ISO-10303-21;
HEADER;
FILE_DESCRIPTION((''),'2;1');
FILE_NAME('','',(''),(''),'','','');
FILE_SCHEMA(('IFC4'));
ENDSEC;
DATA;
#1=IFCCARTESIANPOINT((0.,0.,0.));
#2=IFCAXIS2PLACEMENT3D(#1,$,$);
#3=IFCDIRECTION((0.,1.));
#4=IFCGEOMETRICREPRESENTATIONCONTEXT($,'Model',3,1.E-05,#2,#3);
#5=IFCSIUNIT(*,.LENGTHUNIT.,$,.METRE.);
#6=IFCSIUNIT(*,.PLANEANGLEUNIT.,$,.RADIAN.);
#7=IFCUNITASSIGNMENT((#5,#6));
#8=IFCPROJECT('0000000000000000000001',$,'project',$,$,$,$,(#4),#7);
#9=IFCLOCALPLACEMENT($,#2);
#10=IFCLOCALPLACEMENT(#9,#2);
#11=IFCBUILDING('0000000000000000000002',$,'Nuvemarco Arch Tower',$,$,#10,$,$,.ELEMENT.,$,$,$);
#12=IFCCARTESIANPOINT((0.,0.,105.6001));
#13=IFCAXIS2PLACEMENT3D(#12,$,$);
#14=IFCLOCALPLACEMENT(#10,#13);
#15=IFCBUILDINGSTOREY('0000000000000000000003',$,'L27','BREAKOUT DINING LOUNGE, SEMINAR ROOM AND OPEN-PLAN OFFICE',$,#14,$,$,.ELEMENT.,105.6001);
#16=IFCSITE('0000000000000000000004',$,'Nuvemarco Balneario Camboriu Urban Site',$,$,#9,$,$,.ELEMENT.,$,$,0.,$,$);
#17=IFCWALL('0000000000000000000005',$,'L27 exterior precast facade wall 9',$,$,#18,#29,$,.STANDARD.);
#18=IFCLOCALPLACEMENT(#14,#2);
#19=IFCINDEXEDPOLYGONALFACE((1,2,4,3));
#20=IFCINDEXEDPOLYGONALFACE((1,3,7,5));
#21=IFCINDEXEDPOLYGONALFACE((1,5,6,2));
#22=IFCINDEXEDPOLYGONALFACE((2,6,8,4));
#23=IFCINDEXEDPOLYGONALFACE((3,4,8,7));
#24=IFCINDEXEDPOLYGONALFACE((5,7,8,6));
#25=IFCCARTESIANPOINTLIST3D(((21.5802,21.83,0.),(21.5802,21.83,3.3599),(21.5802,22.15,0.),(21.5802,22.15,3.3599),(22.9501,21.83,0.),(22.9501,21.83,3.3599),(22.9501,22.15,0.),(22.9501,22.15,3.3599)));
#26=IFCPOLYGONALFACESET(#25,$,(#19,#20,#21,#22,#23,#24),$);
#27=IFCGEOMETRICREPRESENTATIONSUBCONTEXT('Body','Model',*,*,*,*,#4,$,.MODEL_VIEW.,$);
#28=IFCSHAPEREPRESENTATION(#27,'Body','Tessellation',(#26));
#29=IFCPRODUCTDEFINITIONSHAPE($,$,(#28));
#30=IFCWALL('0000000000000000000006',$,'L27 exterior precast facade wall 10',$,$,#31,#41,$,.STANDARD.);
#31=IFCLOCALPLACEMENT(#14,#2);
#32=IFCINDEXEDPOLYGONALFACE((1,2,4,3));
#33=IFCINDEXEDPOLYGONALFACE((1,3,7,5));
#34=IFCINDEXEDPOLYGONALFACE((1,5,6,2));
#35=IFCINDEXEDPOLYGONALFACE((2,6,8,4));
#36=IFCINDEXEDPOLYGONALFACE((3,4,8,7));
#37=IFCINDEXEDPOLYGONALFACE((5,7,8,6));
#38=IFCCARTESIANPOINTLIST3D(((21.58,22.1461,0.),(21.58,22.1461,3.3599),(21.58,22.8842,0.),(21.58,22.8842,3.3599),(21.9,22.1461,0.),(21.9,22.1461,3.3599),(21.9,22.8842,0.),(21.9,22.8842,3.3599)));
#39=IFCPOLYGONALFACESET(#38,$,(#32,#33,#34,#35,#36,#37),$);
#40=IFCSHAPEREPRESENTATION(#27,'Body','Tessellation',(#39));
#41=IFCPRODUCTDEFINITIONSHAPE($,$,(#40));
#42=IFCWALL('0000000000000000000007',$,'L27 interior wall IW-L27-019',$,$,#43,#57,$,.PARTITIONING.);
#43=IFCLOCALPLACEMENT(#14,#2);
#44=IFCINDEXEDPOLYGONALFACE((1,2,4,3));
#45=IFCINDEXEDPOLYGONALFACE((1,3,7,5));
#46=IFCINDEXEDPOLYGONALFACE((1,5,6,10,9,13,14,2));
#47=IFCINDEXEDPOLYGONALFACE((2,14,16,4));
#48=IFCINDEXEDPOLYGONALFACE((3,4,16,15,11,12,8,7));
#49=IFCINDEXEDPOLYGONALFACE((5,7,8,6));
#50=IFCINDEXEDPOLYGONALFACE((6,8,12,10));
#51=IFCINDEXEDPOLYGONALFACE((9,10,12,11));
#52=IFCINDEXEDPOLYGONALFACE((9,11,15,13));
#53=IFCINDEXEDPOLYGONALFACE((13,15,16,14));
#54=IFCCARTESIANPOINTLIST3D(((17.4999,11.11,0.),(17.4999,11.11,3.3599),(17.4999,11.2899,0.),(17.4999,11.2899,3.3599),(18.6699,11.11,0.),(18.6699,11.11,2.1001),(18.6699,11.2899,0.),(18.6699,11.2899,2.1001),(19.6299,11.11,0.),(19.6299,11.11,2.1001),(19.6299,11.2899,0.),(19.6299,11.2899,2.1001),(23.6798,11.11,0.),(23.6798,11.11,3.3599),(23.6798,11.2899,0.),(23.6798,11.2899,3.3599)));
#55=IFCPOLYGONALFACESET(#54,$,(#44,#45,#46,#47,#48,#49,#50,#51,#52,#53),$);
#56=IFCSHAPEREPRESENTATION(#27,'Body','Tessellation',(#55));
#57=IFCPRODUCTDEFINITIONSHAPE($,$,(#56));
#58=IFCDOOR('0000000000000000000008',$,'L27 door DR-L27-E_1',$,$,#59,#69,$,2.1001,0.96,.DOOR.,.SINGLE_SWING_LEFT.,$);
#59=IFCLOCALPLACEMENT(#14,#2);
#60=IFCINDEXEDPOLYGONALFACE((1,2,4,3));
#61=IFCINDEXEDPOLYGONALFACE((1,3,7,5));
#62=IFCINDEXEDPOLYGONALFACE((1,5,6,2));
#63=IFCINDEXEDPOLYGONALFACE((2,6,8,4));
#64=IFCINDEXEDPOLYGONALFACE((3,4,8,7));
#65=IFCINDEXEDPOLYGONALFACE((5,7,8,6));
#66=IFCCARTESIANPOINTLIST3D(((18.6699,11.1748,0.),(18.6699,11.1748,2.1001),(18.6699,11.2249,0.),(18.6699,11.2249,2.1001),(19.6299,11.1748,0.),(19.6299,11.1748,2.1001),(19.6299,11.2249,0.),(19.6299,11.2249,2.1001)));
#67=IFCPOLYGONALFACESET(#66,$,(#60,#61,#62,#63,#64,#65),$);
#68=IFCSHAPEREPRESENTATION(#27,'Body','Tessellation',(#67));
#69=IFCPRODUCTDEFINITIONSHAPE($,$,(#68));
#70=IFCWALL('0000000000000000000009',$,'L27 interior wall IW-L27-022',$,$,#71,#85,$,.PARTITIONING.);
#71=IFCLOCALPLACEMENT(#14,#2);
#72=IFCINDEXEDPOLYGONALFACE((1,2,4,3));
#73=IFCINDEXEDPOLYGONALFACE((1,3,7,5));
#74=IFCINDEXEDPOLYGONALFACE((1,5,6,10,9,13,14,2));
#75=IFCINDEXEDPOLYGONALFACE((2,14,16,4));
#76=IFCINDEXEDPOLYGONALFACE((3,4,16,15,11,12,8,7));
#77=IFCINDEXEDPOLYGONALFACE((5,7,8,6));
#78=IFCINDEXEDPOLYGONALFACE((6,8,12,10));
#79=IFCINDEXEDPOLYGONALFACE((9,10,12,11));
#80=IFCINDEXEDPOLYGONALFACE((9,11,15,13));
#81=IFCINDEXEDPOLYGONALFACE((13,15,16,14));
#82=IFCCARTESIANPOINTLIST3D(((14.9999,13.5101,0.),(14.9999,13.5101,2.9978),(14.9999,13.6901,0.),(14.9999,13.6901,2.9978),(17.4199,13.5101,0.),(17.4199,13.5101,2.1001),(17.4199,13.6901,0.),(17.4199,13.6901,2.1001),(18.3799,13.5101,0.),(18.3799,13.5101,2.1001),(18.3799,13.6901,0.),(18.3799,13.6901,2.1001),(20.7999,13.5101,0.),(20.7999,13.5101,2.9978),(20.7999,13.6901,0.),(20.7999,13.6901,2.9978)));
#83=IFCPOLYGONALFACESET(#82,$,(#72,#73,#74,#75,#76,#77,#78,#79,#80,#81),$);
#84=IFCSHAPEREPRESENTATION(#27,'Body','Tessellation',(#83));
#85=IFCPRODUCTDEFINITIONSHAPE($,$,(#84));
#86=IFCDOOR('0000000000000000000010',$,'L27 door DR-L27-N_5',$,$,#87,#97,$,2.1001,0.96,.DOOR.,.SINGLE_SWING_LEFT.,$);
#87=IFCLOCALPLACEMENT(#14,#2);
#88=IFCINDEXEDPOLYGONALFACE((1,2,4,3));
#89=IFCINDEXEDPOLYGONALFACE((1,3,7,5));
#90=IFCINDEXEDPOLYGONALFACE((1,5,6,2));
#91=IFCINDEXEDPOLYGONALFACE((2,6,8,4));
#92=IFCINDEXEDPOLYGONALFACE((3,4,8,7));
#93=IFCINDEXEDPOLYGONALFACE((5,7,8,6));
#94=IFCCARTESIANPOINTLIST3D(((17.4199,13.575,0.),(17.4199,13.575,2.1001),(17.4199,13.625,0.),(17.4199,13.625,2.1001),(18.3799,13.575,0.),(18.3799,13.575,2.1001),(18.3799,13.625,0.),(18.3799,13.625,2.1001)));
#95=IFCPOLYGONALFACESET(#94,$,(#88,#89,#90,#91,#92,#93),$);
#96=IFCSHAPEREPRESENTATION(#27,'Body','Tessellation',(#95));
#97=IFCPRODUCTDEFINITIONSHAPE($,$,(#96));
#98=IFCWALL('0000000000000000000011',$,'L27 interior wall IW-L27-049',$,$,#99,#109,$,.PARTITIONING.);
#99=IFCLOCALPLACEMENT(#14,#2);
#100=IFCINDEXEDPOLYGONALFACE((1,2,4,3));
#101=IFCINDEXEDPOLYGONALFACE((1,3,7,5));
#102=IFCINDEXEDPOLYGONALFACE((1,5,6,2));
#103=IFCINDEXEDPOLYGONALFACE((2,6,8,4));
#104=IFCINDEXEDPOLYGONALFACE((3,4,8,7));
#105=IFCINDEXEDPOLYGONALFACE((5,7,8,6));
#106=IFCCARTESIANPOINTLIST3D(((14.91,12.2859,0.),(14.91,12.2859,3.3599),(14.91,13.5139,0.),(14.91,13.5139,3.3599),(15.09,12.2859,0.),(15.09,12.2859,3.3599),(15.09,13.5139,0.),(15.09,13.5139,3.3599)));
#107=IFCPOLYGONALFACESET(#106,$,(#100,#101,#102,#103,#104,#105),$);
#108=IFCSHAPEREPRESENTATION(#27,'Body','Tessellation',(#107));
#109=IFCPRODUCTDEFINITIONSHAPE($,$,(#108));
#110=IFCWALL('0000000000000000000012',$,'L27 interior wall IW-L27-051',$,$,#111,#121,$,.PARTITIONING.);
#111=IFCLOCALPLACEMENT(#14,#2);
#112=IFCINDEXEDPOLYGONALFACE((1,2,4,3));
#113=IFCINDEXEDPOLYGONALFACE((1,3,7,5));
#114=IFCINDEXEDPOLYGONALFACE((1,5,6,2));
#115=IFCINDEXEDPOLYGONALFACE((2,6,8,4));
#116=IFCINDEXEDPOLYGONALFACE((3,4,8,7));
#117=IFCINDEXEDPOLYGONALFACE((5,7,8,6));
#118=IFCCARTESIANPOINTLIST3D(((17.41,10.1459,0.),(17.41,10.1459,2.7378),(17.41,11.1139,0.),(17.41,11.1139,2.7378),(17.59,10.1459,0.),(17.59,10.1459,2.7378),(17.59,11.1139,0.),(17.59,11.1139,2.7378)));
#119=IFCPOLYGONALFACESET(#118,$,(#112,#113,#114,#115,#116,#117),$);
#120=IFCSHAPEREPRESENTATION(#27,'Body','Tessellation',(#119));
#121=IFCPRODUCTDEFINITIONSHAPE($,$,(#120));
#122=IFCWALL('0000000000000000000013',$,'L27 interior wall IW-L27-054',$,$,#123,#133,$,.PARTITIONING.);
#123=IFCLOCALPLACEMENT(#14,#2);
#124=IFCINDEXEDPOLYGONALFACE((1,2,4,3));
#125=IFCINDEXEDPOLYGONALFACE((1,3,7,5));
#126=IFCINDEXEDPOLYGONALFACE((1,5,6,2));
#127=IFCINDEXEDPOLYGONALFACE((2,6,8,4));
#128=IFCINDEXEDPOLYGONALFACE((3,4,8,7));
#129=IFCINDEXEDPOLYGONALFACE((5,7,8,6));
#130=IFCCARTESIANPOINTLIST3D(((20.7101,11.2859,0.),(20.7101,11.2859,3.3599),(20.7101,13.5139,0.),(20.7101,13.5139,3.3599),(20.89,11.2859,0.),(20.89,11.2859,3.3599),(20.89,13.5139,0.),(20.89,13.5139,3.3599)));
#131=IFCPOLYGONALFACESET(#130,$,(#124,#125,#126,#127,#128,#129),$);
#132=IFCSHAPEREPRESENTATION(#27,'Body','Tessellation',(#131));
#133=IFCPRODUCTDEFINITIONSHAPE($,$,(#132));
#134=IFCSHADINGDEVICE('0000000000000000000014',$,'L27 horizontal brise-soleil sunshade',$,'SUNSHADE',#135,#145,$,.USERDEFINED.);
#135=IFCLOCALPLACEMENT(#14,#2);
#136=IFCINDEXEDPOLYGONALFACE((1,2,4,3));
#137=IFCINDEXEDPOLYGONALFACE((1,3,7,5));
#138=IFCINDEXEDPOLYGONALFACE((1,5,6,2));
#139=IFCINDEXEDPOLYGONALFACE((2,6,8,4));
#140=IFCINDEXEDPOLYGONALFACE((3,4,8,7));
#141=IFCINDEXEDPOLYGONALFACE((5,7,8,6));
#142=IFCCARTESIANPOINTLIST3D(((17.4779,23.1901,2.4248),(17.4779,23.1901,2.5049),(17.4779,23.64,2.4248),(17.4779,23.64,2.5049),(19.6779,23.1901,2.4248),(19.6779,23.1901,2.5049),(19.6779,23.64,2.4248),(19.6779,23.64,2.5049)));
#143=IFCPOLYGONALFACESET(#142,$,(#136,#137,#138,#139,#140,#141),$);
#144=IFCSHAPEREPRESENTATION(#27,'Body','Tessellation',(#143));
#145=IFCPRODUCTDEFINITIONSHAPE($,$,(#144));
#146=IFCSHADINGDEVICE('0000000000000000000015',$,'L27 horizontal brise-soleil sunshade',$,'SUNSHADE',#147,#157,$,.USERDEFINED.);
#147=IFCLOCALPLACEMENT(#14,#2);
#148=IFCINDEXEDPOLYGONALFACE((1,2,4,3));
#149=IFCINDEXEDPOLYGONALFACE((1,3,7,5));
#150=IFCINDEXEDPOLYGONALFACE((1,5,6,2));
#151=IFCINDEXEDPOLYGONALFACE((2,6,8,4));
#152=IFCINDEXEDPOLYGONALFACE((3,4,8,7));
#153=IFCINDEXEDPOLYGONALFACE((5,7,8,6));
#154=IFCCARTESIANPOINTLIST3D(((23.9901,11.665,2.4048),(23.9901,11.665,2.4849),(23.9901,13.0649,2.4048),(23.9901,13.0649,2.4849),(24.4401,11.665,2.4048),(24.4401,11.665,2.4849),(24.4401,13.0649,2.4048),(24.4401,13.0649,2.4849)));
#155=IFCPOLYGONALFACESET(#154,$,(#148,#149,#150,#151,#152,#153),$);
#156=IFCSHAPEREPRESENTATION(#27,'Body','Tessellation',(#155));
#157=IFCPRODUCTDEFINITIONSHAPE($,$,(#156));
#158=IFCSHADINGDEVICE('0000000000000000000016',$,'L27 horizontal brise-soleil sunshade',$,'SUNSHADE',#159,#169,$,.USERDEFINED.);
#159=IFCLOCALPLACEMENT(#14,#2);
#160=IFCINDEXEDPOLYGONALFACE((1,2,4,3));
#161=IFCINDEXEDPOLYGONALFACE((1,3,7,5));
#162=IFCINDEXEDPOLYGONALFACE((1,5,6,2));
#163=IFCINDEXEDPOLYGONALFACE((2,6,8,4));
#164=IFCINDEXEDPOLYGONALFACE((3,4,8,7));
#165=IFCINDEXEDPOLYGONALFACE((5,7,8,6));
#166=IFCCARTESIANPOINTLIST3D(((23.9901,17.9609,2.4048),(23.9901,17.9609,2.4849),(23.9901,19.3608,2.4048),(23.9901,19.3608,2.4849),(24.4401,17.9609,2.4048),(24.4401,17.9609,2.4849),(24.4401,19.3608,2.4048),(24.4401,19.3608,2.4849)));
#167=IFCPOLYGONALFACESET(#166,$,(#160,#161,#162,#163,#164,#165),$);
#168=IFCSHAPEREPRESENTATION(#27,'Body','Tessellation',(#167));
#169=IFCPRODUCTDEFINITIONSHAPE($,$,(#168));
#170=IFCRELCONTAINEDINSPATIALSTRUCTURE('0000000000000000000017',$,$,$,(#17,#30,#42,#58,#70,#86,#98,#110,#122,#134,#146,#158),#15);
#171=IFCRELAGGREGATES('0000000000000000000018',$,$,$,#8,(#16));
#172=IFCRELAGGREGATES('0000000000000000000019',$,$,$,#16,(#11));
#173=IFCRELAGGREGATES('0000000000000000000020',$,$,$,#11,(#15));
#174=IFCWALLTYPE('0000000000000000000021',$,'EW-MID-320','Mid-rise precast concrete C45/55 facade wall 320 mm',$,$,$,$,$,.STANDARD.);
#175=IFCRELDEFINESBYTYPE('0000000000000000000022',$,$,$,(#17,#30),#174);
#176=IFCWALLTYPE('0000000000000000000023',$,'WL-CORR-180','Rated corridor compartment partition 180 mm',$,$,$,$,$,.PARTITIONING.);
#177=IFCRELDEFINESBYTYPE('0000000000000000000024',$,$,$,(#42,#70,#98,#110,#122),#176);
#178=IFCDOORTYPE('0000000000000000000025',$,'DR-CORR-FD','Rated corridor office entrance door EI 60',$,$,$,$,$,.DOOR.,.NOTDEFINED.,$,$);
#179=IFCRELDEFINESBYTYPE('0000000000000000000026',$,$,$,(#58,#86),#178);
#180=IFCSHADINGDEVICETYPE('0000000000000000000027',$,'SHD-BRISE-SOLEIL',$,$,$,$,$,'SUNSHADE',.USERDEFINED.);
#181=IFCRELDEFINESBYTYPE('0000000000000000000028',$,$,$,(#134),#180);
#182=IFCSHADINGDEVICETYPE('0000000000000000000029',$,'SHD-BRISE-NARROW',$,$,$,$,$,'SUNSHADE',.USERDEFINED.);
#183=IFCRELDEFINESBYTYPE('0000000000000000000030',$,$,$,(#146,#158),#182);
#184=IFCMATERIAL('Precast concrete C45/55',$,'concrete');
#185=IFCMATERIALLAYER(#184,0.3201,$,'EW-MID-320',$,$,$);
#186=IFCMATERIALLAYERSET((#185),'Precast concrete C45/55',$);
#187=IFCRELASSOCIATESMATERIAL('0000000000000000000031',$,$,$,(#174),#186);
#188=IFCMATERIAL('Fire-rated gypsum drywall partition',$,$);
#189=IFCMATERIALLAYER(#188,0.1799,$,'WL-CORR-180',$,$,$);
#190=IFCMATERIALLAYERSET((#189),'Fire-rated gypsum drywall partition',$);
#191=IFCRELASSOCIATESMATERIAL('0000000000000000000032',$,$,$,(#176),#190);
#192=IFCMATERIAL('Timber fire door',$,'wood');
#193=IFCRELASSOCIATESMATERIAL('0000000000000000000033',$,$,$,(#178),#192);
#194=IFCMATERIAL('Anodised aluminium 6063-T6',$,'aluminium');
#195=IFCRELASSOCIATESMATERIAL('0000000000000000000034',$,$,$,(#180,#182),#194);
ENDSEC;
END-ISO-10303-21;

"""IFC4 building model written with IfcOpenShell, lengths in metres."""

from ifc_helpers import new_model, si_unit, direction, frame, frame_2d, origin, origin_2d, place, context, subcontext, project, spatial, rectangle, extrude, source, transform, mapped, material, layer, layer_set, type_object, type_shapes, element, fill, save


model = new_model("IFC4")

# Units and contexts
model_context = context("Model", 3, precision=1e-05, world=origin(), true_north=direction((0.0, 1.0)))
body_context = subcontext(model_context, "Body", "Model", "MODEL_VIEW")
ifc_project = project(units=[si_unit("LENGTHUNIT", "METRE"), si_unit("PLANEANGLEUNIT", "RADIAN")], contexts=[model_context])

# Site, building, storey
site_placement = place(None, origin())
site = spatial("IfcSite", under=ifc_project, at=site_placement, Name="Nuvemarco Balneario Camboriu Urban Site", CompositionType="ELEMENT", RefElevation=0.0)
building_placement = place(site_placement, origin())
building = spatial("IfcBuilding", under=site, at=building_placement, Name="Nuvemarco Arch Tower", CompositionType="ELEMENT")
storey_placement = place(building_placement, frame((0.0, 0.0, 105.6001)))
storey = spatial("IfcBuildingStorey", under=building, at=storey_placement, Name="L27", Description="BREAKOUT DINING LOUNGE, SEMINAR ROOM AND OPEN-PLAN OFFICE", CompositionType="ELEMENT", Elevation=105.6001)

# Shared definitions
ifc_material_1 = material(Name="Precast concrete C45/55", Category="concrete")

# Walls
ifc_layer_1 = layer(ifc_material_1, 0.3201, Name="EW-MID-320")
ifc_layer_set_1 = layer_set([ifc_layer_1], Name="Precast concrete C45/55")
wall_type_1 = type_object("IfcWallType", Name="EW-MID-320", Description="Mid-rise precast concrete C45/55 facade wall 320 mm", PredefinedType="STANDARD", material=ifc_layer_set_1)
wall_1_placement = place(storey_placement, frame((21.5801, 21.99, 0.0), z_axis=(0.0, 0.0, 1.0), x_axis=(1.0, 0.0, 0.0)))
element("IfcWall", 1, at=wall_1_placement, inside=storey, type_object=wall_type_1, Name="L27 exterior precast facade wall 9", PredefinedType="STANDARD", context=body_context, shape_type="SweptSolid", body=[
    extrude(rectangle(XDim=1.3699, YDim=0.3201, at=frame_2d((0.6851, 0.0))), origin(), (0.0, 0.0, 1.0), 3.3599),
])
wall_2_placement = place(storey_placement, frame((21.74, 22.146, 0.0), z_axis=(0.0, 0.0, 1.0), x_axis=(0.0, 1.0, 0.0)))
element("IfcWall", 2, at=wall_2_placement, inside=storey, type_object=wall_type_1, Name="L27 exterior precast facade wall 10", PredefinedType="STANDARD", context=body_context, shape_type="SweptSolid", body=[
    extrude(rectangle(XDim=0.738, YDim=0.3201, at=frame_2d((0.3691, 0.0))), origin(), (0.0, 0.0, 1.0), 3.3599),
])

# Walls, openings, doors
ifc_material_2 = material(Name="Fire-rated gypsum drywall partition")
ifc_layer_2 = layer(ifc_material_2, 0.1799, Name="WL-CORR-180")
ifc_layer_set_2 = layer_set([ifc_layer_2], Name="Fire-rated gypsum drywall partition")
wall_type_2 = type_object("IfcWallType", Name="WL-CORR-180", Description="Rated corridor compartment partition 180 mm", PredefinedType="PARTITIONING", material=ifc_layer_set_2)
wall_3_placement = place(storey_placement, frame((17.5, 11.2, 0.0), z_axis=(0.0, 0.0, 1.0), x_axis=(1.0, 0.0, 0.0)))
wall_3 = element("IfcWall", 3, at=wall_3_placement, inside=storey, type_object=wall_type_2, Name="L27 interior wall IW-L27-019", PredefinedType="PARTITIONING", context=body_context, shape_type="SweptSolid", body=[
    extrude(rectangle(XDim=6.1799, YDim=0.1799, at=frame_2d((3.0898, 0.0))), origin(), (0.0, 0.0, 1.0), 3.3599),
])
opening_1_placement = place(wall_3_placement, frame((1.1699, 0.0, 0.0)))
opening_1 = element("IfcOpeningElement", 4, at=opening_1_placement, cuts=wall_3, PredefinedType="OPENING", context=body_context, shape_type="SweptSolid", body=[
    extrude(rectangle(XDim=0.96, YDim=2.1001, at=frame_2d((0.48, 1.05))), frame((0.0, 0.0999, 0.0), z_axis=(0.0, -1.0, 0.0), x_axis=(1.0, 0.0, 0.0)), (0.0, 0.0, 1.0), 0.2),
])
ifc_material_3 = material(Name="Timber fire door", Category="wood")
door_type = type_object("IfcDoorType", Name="DR-CORR-FD", Description="Rated corridor office entrance door EI 60", OperationType="NOTDEFINED", PredefinedType="DOOR", material=ifc_material_3)
shared_shape_1 = source(origin(), body_context, "Body", "SweptSolid", [
    extrude(rectangle(XDim=0.96, YDim=2.1001, at=frame_2d((0.48, 1.05))), frame((0.0, 0.0249, 0.0), z_axis=(0.0, -1.0, 0.0), x_axis=(1.0, 0.0, 0.0)), (0.0, 0.0, 1.0), 0.05),
])
type_shapes(door_type, [shared_shape_1])
door_1_placement = place(opening_1_placement, origin())
door_1 = element("IfcDoor", 5, at=door_1_placement, inside=storey, type_object=door_type, Name="L27 door DR-L27-E_1", OperationType="SINGLE_SWING_LEFT", OverallHeight=2.1001, OverallWidth=0.96, PredefinedType="DOOR", context=body_context, shape_type="MappedRepresentation", body=[
    mapped(shared_shape_1, transform((0.0, 0.0, 0.0), scale=1.0)),
])
fill(opening_1, door_1)
wall_4_placement = place(storey_placement, frame((15.0, 13.6001, 0.0), z_axis=(0.0, 0.0, 1.0), x_axis=(1.0, 0.0, 0.0)))
wall_4 = element("IfcWall", 6, at=wall_4_placement, inside=storey, type_object=wall_type_2, Name="L27 interior wall IW-L27-022", PredefinedType="PARTITIONING", context=body_context, shape_type="SweptSolid", body=[
    extrude(rectangle(XDim=5.8, YDim=0.1799, at=frame_2d((2.8999, 0.0))), origin(), (0.0, 0.0, 1.0), 2.9978),
])
opening_2_placement = place(wall_4_placement, frame((2.4199, 0.0, 0.0)))
opening_2 = element("IfcOpeningElement", 7, at=opening_2_placement, cuts=wall_4, PredefinedType="OPENING", context=body_context, shape_type="SweptSolid", body=[
    extrude(rectangle(XDim=0.96, YDim=2.1001, at=frame_2d((0.48, 1.05))), frame((0.0, 0.0999, 0.0), z_axis=(0.0, -1.0, 0.0), x_axis=(1.0, 0.0, 0.0)), (0.0, 0.0, 1.0), 0.2),
])
door_2_placement = place(opening_2_placement, origin())
door_2 = element("IfcDoor", 8, at=door_2_placement, inside=storey, type_object=door_type, Name="L27 door DR-L27-N_5", OperationType="SINGLE_SWING_LEFT", OverallHeight=2.1001, OverallWidth=0.96, PredefinedType="DOOR", context=body_context, shape_type="MappedRepresentation", body=[
    mapped(shared_shape_1, transform((0.0, 0.0, 0.0), scale=1.0)),
])
fill(opening_2, door_2)

# Walls
wall_5_placement = place(storey_placement, frame((15.0, 12.2859, 0.0), z_axis=(0.0, 0.0, 1.0), x_axis=(0.0, 1.0, 0.0)))
element("IfcWall", 9, at=wall_5_placement, inside=storey, type_object=wall_type_2, Name="L27 interior wall IW-L27-049", PredefinedType="PARTITIONING", context=body_context, shape_type="SweptSolid", body=[
    extrude(rectangle(XDim=1.228, YDim=0.1799, at=frame_2d((0.614, 0.0))), origin(), (0.0, 0.0, 1.0), 3.3599),
])
wall_6_placement = place(storey_placement, frame((17.5, 10.146, 0.0), z_axis=(0.0, 0.0, 1.0), x_axis=(0.0, 1.0, 0.0)))
element("IfcWall", 10, at=wall_6_placement, inside=storey, type_object=wall_type_2, Name="L27 interior wall IW-L27-051", PredefinedType="PARTITIONING", context=body_context, shape_type="SweptSolid", body=[
    extrude(rectangle(XDim=0.968, YDim=0.1799, at=frame_2d((0.4839, 0.0))), origin(), (0.0, 0.0, 1.0), 2.7378),
])
wall_7_placement = place(storey_placement, frame((20.8, 11.2859, 0.0), z_axis=(0.0, 0.0, 1.0), x_axis=(0.0, 1.0, 0.0)))
element("IfcWall", 11, at=wall_7_placement, inside=storey, type_object=wall_type_2, Name="L27 interior wall IW-L27-054", PredefinedType="PARTITIONING", context=body_context, shape_type="SweptSolid", body=[
    extrude(rectangle(XDim=2.228, YDim=0.1799, at=frame_2d((1.114, 0.0))), origin(), (0.0, 0.0, 1.0), 3.3599),
])

# Shading devices
ifc_material_4 = material(Name="Anodised aluminium 6063-T6", Category="aluminium")
shading_device_type_1 = type_object("IfcShadingDeviceType", Name="SHD-BRISE-SOLEIL", ElementType="SUNSHADE", PredefinedType="USERDEFINED", material=ifc_material_4)
shared_shape_2 = source(origin(), body_context, "Body", "SweptSolid", [
    extrude(rectangle(XDim=2.2, YDim=0.45, at=origin_2d()), origin(), (0.0, 0.0, 1.0), 0.0801),
])
type_shapes(shading_device_type_1, [shared_shape_2])
shading_device_placement = place(storey_placement, frame((18.5779, 23.415, 2.4248), z_axis=(0.0, 0.0, 1.0), x_axis=(1.0, 0.0, 0.0)))
element("IfcShadingDevice", 12, at=shading_device_placement, inside=storey, type_object=shading_device_type_1, Name="L27 horizontal brise-soleil sunshade", ObjectType="SUNSHADE", PredefinedType="USERDEFINED", context=body_context, shape_type="MappedRepresentation", body=[
    mapped(shared_shape_2, transform((0.0, 0.0, 0.0), scale=1.0)),
])
shading_device_type_2 = type_object("IfcShadingDeviceType", Name="SHD-BRISE-NARROW", ElementType="SUNSHADE", PredefinedType="USERDEFINED", material=ifc_material_4)
shared_shape_3 = source(origin(), body_context, "Body", "SweptSolid", [
    extrude(rectangle(XDim=1.3999, YDim=0.45, at=origin_2d()), origin(), (0.0, 0.0, 1.0), 0.0801),
])
type_shapes(shading_device_type_2, [shared_shape_3])
for number, where, z_axis, x_axis, name in (
    (13, (24.2151, 12.365, 2.4048), (0.0, 0.0, 1.0), (0.0, 1.0, 0.0), "L27 horizontal brise-soleil sunshade"),
    (14, (24.2151, 18.6609, 2.4048), (0.0, 0.0, 1.0), (0.0, 1.0, 0.0), "L27 horizontal brise-soleil sunshade"),
):
    element("IfcShadingDevice", number, at=place(storey_placement, frame(where, z_axis=z_axis, x_axis=x_axis)), inside=storey, type_object=shading_device_type_2, Name=name, ObjectType="SUNSHADE", PredefinedType="USERDEFINED", context=body_context, shape_type="MappedRepresentation", body=[
        mapped(shared_shape_3, transform((0.0, 0.0, 0.0), scale=1.0)),
    ])

save(model, "model.ifc")
